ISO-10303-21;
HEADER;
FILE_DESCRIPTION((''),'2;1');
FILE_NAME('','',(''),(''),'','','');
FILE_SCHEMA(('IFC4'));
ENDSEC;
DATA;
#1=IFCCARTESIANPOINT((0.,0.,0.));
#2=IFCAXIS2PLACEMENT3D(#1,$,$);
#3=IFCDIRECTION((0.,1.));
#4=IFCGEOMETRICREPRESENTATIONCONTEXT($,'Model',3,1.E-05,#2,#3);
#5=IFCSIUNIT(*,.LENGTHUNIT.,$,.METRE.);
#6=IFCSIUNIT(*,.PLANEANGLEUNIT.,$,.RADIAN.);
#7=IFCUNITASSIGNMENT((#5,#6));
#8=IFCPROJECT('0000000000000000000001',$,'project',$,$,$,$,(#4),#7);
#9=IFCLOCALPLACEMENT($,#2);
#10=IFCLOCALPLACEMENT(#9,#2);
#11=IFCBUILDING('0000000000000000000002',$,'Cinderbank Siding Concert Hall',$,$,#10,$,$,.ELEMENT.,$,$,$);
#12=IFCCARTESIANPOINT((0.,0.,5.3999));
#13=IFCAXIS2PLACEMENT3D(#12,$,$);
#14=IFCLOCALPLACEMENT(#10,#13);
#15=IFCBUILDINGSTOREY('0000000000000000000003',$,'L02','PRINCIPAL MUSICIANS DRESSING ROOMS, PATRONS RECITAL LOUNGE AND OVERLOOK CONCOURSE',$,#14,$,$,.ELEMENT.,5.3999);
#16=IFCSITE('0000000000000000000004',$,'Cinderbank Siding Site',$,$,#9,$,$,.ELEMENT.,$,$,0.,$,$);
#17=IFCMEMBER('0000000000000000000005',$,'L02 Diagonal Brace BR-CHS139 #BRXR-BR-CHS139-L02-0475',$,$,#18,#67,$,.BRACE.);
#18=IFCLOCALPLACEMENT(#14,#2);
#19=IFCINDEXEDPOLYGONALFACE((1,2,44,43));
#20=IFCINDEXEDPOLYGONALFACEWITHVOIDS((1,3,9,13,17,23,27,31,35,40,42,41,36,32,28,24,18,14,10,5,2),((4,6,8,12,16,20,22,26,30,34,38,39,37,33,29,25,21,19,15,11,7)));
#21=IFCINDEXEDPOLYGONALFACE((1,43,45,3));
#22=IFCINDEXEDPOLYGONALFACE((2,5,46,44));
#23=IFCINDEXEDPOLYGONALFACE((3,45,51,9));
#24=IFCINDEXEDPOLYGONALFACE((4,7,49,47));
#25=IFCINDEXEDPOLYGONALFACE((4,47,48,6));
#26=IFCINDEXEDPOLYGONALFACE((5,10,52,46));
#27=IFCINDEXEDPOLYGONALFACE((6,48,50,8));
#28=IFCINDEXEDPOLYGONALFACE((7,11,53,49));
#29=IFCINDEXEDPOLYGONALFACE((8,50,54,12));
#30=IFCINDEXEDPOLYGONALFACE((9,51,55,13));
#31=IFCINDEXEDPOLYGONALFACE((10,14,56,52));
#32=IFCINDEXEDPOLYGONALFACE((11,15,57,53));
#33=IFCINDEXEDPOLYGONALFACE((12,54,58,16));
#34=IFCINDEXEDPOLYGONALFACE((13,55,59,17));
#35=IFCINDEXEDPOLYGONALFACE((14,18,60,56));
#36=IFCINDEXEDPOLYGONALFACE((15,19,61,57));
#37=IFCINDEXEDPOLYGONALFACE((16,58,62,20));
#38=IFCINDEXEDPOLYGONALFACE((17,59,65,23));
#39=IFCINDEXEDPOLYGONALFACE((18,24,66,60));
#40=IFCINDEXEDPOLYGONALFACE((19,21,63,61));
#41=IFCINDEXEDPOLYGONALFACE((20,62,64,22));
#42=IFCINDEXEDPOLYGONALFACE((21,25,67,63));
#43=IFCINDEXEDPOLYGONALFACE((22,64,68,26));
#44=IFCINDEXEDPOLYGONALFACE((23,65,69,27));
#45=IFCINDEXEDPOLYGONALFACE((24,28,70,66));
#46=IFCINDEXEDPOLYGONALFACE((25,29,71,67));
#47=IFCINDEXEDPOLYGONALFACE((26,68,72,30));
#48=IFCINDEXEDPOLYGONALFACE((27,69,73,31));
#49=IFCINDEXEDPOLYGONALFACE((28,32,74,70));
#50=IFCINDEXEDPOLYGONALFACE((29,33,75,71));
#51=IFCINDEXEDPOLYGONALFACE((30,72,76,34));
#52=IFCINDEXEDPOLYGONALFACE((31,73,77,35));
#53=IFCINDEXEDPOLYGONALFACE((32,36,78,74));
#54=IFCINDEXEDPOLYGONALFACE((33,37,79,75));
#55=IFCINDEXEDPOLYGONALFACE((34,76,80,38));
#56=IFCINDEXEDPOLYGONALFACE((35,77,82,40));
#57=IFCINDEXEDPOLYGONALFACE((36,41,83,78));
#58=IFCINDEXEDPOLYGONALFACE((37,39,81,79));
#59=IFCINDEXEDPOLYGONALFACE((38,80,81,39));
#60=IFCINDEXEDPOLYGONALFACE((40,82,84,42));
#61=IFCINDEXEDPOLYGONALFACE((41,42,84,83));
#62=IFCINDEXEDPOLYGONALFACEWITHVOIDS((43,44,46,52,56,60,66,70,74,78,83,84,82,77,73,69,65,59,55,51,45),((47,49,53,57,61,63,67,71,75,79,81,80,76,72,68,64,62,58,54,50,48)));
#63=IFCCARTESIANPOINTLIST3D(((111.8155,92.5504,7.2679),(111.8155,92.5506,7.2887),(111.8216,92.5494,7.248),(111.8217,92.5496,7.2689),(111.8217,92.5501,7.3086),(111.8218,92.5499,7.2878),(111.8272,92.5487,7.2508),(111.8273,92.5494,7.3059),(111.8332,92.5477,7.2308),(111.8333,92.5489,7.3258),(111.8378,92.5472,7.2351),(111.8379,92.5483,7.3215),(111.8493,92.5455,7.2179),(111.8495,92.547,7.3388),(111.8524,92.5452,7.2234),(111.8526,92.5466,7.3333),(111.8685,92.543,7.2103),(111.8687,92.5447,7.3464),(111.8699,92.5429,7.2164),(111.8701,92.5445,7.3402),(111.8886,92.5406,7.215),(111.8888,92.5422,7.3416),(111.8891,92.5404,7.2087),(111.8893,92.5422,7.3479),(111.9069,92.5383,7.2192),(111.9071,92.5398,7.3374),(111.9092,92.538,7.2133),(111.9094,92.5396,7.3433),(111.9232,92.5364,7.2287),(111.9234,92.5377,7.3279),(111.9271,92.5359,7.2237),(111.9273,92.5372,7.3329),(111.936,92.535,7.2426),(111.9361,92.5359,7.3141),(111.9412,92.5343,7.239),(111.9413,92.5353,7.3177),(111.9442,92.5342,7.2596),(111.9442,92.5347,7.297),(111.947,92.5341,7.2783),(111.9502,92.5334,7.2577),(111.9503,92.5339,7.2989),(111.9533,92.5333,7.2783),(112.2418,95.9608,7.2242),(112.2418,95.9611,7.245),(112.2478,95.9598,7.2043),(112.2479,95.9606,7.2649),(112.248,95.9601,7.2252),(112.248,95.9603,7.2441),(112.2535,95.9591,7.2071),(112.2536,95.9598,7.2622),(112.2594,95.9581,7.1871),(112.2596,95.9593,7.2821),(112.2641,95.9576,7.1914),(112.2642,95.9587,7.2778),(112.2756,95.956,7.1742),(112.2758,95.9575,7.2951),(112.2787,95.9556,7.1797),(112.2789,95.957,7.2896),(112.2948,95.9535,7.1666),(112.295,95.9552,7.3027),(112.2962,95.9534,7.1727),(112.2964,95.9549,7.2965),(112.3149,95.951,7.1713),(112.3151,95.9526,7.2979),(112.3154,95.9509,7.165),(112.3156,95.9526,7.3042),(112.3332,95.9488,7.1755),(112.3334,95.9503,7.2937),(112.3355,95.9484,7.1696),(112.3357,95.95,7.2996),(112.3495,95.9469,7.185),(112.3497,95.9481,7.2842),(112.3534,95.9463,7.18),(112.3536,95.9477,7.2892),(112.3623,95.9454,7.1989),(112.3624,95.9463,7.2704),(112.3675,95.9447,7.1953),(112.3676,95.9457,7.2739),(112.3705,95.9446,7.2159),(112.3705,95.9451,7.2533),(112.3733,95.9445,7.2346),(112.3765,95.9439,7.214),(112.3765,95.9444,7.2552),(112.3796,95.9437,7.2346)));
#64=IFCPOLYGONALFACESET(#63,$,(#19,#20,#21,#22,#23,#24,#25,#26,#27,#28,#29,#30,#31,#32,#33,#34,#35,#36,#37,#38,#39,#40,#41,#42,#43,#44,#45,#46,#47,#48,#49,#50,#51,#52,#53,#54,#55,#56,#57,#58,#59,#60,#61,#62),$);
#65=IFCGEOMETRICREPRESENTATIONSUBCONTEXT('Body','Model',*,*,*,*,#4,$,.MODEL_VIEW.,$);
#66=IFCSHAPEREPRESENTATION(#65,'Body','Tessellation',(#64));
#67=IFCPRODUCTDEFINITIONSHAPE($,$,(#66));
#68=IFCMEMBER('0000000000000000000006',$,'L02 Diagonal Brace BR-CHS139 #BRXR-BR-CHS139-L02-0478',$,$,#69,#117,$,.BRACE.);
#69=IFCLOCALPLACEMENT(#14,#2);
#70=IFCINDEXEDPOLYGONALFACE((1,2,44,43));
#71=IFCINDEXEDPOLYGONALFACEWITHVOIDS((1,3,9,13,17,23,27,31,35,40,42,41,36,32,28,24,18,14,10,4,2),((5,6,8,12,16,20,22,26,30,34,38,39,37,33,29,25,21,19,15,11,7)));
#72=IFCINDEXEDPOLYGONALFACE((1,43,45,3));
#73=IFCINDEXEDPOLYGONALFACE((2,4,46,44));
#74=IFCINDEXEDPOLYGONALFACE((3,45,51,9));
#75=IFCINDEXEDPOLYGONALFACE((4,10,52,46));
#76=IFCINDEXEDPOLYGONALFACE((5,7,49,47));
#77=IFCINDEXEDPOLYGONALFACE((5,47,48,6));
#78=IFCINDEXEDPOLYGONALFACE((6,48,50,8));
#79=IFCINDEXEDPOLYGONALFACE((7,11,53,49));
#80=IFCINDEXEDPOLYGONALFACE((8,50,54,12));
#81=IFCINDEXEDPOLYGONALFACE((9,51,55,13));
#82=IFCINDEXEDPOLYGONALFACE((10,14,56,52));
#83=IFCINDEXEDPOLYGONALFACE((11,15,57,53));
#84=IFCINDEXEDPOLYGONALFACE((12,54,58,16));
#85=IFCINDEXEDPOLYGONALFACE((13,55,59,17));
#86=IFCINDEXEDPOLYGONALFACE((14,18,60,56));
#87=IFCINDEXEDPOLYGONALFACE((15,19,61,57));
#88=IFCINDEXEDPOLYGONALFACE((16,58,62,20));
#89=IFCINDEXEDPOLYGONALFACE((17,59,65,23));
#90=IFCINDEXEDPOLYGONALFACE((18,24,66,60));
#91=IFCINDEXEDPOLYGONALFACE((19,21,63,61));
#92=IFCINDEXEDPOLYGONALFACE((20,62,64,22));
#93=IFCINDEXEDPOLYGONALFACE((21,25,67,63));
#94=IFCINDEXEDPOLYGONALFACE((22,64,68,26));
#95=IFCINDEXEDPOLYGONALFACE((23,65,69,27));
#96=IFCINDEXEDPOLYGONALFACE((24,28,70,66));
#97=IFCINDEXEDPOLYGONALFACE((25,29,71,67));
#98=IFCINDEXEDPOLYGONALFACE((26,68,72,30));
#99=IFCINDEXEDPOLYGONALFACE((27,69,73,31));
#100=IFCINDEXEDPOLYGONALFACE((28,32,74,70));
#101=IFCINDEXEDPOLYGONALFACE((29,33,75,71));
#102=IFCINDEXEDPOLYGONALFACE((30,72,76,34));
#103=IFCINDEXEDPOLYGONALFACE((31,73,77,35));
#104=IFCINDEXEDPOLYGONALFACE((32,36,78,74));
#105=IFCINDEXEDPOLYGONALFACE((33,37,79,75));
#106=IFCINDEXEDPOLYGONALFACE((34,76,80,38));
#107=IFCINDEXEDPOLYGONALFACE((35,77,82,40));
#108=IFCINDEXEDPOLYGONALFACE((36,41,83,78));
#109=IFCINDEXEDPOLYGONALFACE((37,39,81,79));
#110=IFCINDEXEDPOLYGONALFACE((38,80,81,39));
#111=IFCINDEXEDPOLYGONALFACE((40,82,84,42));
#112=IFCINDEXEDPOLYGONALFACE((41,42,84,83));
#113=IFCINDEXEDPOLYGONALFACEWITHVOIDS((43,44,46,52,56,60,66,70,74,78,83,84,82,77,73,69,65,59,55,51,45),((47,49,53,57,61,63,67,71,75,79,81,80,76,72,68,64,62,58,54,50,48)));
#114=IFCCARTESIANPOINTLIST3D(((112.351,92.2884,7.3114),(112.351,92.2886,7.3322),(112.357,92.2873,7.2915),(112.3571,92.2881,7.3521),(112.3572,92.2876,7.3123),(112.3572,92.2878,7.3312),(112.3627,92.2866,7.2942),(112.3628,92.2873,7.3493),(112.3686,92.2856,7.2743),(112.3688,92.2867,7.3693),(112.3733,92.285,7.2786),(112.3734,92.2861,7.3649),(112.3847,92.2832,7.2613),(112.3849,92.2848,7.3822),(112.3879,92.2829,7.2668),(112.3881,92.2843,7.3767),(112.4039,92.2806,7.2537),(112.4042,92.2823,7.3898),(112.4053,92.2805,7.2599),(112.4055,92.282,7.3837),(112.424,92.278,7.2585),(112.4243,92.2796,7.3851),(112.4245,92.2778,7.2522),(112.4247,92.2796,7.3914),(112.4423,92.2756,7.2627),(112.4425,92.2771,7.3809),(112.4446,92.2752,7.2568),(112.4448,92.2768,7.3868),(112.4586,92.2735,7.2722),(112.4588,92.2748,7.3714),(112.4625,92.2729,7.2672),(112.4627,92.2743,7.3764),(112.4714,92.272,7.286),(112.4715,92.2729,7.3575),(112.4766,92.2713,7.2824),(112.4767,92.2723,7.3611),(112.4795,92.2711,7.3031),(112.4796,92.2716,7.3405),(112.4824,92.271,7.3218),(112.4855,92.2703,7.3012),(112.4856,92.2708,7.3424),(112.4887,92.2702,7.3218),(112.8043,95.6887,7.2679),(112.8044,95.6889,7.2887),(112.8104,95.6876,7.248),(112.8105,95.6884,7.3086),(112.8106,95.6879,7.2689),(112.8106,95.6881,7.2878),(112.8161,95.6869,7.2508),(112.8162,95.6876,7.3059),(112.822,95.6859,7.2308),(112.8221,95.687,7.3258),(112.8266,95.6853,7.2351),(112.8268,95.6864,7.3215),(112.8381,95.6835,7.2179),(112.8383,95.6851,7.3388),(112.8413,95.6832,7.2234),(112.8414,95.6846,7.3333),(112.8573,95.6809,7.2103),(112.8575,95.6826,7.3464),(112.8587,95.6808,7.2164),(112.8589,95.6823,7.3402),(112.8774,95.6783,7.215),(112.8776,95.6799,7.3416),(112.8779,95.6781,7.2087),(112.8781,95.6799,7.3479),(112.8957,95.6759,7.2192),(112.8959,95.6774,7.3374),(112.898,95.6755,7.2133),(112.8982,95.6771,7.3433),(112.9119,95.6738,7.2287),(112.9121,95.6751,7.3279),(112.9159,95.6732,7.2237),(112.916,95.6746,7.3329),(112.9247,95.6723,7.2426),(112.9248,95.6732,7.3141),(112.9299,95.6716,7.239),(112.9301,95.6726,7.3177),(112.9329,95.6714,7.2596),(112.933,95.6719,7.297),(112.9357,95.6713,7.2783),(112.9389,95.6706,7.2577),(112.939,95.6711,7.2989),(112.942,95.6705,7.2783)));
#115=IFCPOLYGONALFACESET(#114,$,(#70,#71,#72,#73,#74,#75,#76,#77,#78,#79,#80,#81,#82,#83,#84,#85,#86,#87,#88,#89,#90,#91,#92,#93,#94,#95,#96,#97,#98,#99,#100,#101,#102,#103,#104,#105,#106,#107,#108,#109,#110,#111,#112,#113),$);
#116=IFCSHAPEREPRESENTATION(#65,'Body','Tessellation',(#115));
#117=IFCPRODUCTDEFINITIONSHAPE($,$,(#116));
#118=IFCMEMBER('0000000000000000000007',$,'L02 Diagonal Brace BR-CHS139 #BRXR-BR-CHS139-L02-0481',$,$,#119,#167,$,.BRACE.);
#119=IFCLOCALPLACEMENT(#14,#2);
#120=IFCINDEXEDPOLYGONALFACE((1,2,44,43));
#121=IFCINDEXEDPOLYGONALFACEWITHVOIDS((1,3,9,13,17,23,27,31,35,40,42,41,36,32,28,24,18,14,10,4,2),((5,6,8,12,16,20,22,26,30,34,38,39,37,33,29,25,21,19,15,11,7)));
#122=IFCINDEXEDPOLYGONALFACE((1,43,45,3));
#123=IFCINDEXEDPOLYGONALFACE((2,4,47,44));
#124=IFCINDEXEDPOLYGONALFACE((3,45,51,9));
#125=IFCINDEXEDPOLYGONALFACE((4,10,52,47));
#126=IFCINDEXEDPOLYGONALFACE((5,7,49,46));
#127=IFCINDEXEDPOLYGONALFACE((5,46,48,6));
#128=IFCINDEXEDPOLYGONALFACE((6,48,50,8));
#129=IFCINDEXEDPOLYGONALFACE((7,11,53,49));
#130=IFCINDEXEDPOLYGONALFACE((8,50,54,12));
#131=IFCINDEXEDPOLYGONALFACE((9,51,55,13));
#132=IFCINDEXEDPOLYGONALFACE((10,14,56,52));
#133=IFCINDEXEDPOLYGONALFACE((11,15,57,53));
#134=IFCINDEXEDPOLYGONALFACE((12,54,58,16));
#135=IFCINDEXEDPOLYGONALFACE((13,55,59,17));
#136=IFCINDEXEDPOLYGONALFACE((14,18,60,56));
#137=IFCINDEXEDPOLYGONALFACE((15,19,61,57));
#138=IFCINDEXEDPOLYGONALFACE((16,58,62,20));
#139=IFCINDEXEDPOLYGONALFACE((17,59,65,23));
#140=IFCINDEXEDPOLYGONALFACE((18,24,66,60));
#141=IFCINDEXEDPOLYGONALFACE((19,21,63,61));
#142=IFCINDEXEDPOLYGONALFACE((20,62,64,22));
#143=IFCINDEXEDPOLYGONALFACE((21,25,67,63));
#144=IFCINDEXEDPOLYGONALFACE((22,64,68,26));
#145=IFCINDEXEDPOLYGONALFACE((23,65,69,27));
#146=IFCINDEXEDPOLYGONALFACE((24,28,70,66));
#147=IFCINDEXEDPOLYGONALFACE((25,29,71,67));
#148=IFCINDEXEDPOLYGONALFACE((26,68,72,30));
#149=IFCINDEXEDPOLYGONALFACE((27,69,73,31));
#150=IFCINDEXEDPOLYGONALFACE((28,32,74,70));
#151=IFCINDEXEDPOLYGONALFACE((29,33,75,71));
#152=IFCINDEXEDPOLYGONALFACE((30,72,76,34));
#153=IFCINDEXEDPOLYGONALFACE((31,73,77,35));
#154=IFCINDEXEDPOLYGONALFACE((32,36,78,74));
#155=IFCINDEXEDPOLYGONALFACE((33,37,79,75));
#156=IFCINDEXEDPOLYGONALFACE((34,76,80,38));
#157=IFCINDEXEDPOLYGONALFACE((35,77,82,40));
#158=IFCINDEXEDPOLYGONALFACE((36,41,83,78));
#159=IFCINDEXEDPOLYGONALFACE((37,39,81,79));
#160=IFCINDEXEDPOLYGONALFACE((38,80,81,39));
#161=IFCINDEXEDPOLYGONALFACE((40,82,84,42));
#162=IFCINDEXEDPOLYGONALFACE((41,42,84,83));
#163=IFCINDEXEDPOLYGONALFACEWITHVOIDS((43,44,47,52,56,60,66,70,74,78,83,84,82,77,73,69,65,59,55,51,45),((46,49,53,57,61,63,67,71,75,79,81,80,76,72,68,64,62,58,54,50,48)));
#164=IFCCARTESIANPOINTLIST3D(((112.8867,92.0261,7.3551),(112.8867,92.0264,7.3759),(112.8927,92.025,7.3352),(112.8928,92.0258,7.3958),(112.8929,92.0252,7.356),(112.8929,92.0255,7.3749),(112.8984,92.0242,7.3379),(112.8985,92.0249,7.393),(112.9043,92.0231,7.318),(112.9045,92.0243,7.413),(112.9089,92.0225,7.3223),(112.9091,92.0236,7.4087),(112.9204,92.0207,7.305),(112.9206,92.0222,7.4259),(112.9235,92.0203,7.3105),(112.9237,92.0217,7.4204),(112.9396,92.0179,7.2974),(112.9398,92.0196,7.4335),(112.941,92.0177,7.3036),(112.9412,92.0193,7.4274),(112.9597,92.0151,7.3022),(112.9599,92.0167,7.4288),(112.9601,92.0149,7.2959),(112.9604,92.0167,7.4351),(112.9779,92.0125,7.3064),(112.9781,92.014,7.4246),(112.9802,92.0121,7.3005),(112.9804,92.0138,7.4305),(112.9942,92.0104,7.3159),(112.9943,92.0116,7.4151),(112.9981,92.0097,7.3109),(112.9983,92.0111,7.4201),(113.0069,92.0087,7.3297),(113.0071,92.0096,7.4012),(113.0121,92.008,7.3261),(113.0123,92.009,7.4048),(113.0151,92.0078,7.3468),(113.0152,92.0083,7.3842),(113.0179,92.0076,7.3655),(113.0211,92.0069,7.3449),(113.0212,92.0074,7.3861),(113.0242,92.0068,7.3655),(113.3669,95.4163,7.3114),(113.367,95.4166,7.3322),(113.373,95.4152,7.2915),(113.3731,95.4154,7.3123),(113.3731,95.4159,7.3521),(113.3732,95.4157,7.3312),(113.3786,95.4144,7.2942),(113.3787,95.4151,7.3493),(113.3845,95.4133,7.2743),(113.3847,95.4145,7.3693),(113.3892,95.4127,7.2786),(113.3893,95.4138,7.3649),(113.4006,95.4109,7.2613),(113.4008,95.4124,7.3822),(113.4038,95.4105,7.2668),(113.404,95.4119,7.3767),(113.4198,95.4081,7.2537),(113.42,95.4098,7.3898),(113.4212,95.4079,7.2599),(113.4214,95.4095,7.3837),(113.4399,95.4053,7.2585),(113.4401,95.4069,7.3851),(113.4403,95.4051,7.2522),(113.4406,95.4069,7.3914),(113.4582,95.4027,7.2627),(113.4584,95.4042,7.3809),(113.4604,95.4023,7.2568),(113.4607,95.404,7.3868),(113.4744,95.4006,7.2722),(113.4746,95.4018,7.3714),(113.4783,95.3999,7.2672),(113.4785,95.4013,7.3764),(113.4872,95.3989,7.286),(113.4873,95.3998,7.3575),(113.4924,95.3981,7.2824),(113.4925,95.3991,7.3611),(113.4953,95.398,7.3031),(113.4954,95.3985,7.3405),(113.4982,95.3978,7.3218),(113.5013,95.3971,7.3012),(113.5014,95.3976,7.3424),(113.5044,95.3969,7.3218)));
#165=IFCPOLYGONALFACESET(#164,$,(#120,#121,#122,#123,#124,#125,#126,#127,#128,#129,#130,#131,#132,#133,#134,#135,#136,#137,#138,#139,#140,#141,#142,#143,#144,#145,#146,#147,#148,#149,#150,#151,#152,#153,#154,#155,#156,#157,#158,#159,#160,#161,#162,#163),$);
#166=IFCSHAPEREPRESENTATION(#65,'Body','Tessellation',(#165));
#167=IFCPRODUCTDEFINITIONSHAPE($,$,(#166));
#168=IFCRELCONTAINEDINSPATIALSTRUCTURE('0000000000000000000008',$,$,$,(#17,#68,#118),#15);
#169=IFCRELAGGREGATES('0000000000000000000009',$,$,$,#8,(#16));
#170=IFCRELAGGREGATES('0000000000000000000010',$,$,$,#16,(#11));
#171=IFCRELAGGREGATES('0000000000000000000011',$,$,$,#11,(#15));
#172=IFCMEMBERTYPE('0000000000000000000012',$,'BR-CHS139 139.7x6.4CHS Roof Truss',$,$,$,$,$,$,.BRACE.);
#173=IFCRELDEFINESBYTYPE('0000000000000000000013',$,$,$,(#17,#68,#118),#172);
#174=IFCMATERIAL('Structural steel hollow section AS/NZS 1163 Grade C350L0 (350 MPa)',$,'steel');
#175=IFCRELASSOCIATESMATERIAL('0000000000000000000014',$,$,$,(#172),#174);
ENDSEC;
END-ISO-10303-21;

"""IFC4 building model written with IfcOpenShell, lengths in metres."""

from ifc_helpers import new_model, si_unit, direction, frame, origin, origin_2d, place, context, subcontext, project, spatial, hollow_circle, extrude, material, material_profile, profile_set, type_object, element, save


model = new_model("IFC4")

# Units and contexts
model_context = context("Model", 3, precision=1e-05, world=origin(), true_north=direction((0.0, 1.0)))
body_context = subcontext(model_context, "Body", "Model", "MODEL_VIEW")
ifc_project = project(units=[si_unit("LENGTHUNIT", "METRE"), si_unit("PLANEANGLEUNIT", "RADIAN")], contexts=[model_context])

# Site, building, storey
site_placement = place(None, origin())
site = spatial("IfcSite", under=ifc_project, at=site_placement, Name="Cinderbank Siding Site", CompositionType="ELEMENT", RefElevation=0.0)
building_placement = place(site_placement, origin())
building = spatial("IfcBuilding", under=site, at=building_placement, Name="Cinderbank Siding Concert Hall", CompositionType="ELEMENT")
storey_placement = place(building_placement, frame((0.0, 0.0, 5.3999)))
storey = spatial("IfcBuildingStorey", under=building, at=storey_placement, Name="L02", Description="PRINCIPAL MUSICIANS DRESSING ROOMS, PATRONS RECITAL LOUNGE AND OVERLOOK CONCOURSE", CompositionType="ELEMENT", Elevation=5.3999)

# Members
ifc_material_1 = material(Name="Structural steel hollow section AS/NZS 1163 Grade C350L0 (350 MPa)", Category="steel")
ifc_material_profile_1 = material_profile(ifc_material_1, hollow_circle(Radius=0.0698, WallThickness=0.0063, at=origin_2d()), Name="139.7x6.4CHS", Category="LoadBearing")
ifc_profile_set_1 = profile_set([ifc_material_profile_1], Name="Structural steel hollow section AS/NZS 1163 Grade C350L0 (350 MPa)")
member_type_1 = type_object("IfcMemberType", Name="BR-CHS139 139.7x6.4CHS Roof Truss", PredefinedType="BRACE", material=ifc_profile_set_1)
member_1_placement = place(storey_placement, frame((112.3103, 95.9524, 7.2346), z_axis=(-0.124016, -0.992199, 0.012714), x_axis=(0.992279, -0.124026, 0.0)))
element("IfcMember", 1, at=member_1_placement, inside=storey, type_object=member_type_1, Name="L02 Diagonal Brace BR-CHS139 #BRXR-BR-CHS139-L02-0475", PredefinedType="BRACE", context=body_context, shape_type="SweptSolid", body=[
    extrude(hollow_circle(Radius=0.0698, WallThickness=0.0063, at=origin_2d()), origin(), (0.0, 0.0, 1.0), 3.4373),
])
member_2_placement = place(storey_placement, frame((112.8728, 95.6797, 7.2783), z_axis=(-0.132148, -0.991149, 0.012667), x_axis=(0.991229, -0.132159, 0.0)))
element("IfcMember", 2, at=member_2_placement, inside=storey, type_object=member_type_1, Name="L02 Diagonal Brace BR-CHS139 #BRXR-BR-CHS139-L02-0478", PredefinedType="BRACE", context=body_context, shape_type="SweptSolid", body=[
    extrude(hollow_circle(Radius=0.0698, WallThickness=0.0063, at=origin_2d()), origin(), (0.0, 0.0, 1.0), 3.4307),
])
member_3_placement = place(storey_placement, frame((113.4353, 95.4067, 7.3218), z_axis=(-0.140242, -0.990035, 0.012762), x_axis=(0.990116, -0.140253, 0.0)))
element("IfcMember", 3, at=member_3_placement, inside=storey, type_object=member_type_1, Name="L02 Diagonal Brace BR-CHS139 #BRXR-BR-CHS139-L02-0481", PredefinedType="BRACE", context=body_context, shape_type="SweptSolid", body=[
    extrude(hollow_circle(Radius=0.0698, WallThickness=0.0063, at=origin_2d()), origin(), (0.0, 0.0, 1.0), 3.4243),
])

save(model, "model.ifc")
